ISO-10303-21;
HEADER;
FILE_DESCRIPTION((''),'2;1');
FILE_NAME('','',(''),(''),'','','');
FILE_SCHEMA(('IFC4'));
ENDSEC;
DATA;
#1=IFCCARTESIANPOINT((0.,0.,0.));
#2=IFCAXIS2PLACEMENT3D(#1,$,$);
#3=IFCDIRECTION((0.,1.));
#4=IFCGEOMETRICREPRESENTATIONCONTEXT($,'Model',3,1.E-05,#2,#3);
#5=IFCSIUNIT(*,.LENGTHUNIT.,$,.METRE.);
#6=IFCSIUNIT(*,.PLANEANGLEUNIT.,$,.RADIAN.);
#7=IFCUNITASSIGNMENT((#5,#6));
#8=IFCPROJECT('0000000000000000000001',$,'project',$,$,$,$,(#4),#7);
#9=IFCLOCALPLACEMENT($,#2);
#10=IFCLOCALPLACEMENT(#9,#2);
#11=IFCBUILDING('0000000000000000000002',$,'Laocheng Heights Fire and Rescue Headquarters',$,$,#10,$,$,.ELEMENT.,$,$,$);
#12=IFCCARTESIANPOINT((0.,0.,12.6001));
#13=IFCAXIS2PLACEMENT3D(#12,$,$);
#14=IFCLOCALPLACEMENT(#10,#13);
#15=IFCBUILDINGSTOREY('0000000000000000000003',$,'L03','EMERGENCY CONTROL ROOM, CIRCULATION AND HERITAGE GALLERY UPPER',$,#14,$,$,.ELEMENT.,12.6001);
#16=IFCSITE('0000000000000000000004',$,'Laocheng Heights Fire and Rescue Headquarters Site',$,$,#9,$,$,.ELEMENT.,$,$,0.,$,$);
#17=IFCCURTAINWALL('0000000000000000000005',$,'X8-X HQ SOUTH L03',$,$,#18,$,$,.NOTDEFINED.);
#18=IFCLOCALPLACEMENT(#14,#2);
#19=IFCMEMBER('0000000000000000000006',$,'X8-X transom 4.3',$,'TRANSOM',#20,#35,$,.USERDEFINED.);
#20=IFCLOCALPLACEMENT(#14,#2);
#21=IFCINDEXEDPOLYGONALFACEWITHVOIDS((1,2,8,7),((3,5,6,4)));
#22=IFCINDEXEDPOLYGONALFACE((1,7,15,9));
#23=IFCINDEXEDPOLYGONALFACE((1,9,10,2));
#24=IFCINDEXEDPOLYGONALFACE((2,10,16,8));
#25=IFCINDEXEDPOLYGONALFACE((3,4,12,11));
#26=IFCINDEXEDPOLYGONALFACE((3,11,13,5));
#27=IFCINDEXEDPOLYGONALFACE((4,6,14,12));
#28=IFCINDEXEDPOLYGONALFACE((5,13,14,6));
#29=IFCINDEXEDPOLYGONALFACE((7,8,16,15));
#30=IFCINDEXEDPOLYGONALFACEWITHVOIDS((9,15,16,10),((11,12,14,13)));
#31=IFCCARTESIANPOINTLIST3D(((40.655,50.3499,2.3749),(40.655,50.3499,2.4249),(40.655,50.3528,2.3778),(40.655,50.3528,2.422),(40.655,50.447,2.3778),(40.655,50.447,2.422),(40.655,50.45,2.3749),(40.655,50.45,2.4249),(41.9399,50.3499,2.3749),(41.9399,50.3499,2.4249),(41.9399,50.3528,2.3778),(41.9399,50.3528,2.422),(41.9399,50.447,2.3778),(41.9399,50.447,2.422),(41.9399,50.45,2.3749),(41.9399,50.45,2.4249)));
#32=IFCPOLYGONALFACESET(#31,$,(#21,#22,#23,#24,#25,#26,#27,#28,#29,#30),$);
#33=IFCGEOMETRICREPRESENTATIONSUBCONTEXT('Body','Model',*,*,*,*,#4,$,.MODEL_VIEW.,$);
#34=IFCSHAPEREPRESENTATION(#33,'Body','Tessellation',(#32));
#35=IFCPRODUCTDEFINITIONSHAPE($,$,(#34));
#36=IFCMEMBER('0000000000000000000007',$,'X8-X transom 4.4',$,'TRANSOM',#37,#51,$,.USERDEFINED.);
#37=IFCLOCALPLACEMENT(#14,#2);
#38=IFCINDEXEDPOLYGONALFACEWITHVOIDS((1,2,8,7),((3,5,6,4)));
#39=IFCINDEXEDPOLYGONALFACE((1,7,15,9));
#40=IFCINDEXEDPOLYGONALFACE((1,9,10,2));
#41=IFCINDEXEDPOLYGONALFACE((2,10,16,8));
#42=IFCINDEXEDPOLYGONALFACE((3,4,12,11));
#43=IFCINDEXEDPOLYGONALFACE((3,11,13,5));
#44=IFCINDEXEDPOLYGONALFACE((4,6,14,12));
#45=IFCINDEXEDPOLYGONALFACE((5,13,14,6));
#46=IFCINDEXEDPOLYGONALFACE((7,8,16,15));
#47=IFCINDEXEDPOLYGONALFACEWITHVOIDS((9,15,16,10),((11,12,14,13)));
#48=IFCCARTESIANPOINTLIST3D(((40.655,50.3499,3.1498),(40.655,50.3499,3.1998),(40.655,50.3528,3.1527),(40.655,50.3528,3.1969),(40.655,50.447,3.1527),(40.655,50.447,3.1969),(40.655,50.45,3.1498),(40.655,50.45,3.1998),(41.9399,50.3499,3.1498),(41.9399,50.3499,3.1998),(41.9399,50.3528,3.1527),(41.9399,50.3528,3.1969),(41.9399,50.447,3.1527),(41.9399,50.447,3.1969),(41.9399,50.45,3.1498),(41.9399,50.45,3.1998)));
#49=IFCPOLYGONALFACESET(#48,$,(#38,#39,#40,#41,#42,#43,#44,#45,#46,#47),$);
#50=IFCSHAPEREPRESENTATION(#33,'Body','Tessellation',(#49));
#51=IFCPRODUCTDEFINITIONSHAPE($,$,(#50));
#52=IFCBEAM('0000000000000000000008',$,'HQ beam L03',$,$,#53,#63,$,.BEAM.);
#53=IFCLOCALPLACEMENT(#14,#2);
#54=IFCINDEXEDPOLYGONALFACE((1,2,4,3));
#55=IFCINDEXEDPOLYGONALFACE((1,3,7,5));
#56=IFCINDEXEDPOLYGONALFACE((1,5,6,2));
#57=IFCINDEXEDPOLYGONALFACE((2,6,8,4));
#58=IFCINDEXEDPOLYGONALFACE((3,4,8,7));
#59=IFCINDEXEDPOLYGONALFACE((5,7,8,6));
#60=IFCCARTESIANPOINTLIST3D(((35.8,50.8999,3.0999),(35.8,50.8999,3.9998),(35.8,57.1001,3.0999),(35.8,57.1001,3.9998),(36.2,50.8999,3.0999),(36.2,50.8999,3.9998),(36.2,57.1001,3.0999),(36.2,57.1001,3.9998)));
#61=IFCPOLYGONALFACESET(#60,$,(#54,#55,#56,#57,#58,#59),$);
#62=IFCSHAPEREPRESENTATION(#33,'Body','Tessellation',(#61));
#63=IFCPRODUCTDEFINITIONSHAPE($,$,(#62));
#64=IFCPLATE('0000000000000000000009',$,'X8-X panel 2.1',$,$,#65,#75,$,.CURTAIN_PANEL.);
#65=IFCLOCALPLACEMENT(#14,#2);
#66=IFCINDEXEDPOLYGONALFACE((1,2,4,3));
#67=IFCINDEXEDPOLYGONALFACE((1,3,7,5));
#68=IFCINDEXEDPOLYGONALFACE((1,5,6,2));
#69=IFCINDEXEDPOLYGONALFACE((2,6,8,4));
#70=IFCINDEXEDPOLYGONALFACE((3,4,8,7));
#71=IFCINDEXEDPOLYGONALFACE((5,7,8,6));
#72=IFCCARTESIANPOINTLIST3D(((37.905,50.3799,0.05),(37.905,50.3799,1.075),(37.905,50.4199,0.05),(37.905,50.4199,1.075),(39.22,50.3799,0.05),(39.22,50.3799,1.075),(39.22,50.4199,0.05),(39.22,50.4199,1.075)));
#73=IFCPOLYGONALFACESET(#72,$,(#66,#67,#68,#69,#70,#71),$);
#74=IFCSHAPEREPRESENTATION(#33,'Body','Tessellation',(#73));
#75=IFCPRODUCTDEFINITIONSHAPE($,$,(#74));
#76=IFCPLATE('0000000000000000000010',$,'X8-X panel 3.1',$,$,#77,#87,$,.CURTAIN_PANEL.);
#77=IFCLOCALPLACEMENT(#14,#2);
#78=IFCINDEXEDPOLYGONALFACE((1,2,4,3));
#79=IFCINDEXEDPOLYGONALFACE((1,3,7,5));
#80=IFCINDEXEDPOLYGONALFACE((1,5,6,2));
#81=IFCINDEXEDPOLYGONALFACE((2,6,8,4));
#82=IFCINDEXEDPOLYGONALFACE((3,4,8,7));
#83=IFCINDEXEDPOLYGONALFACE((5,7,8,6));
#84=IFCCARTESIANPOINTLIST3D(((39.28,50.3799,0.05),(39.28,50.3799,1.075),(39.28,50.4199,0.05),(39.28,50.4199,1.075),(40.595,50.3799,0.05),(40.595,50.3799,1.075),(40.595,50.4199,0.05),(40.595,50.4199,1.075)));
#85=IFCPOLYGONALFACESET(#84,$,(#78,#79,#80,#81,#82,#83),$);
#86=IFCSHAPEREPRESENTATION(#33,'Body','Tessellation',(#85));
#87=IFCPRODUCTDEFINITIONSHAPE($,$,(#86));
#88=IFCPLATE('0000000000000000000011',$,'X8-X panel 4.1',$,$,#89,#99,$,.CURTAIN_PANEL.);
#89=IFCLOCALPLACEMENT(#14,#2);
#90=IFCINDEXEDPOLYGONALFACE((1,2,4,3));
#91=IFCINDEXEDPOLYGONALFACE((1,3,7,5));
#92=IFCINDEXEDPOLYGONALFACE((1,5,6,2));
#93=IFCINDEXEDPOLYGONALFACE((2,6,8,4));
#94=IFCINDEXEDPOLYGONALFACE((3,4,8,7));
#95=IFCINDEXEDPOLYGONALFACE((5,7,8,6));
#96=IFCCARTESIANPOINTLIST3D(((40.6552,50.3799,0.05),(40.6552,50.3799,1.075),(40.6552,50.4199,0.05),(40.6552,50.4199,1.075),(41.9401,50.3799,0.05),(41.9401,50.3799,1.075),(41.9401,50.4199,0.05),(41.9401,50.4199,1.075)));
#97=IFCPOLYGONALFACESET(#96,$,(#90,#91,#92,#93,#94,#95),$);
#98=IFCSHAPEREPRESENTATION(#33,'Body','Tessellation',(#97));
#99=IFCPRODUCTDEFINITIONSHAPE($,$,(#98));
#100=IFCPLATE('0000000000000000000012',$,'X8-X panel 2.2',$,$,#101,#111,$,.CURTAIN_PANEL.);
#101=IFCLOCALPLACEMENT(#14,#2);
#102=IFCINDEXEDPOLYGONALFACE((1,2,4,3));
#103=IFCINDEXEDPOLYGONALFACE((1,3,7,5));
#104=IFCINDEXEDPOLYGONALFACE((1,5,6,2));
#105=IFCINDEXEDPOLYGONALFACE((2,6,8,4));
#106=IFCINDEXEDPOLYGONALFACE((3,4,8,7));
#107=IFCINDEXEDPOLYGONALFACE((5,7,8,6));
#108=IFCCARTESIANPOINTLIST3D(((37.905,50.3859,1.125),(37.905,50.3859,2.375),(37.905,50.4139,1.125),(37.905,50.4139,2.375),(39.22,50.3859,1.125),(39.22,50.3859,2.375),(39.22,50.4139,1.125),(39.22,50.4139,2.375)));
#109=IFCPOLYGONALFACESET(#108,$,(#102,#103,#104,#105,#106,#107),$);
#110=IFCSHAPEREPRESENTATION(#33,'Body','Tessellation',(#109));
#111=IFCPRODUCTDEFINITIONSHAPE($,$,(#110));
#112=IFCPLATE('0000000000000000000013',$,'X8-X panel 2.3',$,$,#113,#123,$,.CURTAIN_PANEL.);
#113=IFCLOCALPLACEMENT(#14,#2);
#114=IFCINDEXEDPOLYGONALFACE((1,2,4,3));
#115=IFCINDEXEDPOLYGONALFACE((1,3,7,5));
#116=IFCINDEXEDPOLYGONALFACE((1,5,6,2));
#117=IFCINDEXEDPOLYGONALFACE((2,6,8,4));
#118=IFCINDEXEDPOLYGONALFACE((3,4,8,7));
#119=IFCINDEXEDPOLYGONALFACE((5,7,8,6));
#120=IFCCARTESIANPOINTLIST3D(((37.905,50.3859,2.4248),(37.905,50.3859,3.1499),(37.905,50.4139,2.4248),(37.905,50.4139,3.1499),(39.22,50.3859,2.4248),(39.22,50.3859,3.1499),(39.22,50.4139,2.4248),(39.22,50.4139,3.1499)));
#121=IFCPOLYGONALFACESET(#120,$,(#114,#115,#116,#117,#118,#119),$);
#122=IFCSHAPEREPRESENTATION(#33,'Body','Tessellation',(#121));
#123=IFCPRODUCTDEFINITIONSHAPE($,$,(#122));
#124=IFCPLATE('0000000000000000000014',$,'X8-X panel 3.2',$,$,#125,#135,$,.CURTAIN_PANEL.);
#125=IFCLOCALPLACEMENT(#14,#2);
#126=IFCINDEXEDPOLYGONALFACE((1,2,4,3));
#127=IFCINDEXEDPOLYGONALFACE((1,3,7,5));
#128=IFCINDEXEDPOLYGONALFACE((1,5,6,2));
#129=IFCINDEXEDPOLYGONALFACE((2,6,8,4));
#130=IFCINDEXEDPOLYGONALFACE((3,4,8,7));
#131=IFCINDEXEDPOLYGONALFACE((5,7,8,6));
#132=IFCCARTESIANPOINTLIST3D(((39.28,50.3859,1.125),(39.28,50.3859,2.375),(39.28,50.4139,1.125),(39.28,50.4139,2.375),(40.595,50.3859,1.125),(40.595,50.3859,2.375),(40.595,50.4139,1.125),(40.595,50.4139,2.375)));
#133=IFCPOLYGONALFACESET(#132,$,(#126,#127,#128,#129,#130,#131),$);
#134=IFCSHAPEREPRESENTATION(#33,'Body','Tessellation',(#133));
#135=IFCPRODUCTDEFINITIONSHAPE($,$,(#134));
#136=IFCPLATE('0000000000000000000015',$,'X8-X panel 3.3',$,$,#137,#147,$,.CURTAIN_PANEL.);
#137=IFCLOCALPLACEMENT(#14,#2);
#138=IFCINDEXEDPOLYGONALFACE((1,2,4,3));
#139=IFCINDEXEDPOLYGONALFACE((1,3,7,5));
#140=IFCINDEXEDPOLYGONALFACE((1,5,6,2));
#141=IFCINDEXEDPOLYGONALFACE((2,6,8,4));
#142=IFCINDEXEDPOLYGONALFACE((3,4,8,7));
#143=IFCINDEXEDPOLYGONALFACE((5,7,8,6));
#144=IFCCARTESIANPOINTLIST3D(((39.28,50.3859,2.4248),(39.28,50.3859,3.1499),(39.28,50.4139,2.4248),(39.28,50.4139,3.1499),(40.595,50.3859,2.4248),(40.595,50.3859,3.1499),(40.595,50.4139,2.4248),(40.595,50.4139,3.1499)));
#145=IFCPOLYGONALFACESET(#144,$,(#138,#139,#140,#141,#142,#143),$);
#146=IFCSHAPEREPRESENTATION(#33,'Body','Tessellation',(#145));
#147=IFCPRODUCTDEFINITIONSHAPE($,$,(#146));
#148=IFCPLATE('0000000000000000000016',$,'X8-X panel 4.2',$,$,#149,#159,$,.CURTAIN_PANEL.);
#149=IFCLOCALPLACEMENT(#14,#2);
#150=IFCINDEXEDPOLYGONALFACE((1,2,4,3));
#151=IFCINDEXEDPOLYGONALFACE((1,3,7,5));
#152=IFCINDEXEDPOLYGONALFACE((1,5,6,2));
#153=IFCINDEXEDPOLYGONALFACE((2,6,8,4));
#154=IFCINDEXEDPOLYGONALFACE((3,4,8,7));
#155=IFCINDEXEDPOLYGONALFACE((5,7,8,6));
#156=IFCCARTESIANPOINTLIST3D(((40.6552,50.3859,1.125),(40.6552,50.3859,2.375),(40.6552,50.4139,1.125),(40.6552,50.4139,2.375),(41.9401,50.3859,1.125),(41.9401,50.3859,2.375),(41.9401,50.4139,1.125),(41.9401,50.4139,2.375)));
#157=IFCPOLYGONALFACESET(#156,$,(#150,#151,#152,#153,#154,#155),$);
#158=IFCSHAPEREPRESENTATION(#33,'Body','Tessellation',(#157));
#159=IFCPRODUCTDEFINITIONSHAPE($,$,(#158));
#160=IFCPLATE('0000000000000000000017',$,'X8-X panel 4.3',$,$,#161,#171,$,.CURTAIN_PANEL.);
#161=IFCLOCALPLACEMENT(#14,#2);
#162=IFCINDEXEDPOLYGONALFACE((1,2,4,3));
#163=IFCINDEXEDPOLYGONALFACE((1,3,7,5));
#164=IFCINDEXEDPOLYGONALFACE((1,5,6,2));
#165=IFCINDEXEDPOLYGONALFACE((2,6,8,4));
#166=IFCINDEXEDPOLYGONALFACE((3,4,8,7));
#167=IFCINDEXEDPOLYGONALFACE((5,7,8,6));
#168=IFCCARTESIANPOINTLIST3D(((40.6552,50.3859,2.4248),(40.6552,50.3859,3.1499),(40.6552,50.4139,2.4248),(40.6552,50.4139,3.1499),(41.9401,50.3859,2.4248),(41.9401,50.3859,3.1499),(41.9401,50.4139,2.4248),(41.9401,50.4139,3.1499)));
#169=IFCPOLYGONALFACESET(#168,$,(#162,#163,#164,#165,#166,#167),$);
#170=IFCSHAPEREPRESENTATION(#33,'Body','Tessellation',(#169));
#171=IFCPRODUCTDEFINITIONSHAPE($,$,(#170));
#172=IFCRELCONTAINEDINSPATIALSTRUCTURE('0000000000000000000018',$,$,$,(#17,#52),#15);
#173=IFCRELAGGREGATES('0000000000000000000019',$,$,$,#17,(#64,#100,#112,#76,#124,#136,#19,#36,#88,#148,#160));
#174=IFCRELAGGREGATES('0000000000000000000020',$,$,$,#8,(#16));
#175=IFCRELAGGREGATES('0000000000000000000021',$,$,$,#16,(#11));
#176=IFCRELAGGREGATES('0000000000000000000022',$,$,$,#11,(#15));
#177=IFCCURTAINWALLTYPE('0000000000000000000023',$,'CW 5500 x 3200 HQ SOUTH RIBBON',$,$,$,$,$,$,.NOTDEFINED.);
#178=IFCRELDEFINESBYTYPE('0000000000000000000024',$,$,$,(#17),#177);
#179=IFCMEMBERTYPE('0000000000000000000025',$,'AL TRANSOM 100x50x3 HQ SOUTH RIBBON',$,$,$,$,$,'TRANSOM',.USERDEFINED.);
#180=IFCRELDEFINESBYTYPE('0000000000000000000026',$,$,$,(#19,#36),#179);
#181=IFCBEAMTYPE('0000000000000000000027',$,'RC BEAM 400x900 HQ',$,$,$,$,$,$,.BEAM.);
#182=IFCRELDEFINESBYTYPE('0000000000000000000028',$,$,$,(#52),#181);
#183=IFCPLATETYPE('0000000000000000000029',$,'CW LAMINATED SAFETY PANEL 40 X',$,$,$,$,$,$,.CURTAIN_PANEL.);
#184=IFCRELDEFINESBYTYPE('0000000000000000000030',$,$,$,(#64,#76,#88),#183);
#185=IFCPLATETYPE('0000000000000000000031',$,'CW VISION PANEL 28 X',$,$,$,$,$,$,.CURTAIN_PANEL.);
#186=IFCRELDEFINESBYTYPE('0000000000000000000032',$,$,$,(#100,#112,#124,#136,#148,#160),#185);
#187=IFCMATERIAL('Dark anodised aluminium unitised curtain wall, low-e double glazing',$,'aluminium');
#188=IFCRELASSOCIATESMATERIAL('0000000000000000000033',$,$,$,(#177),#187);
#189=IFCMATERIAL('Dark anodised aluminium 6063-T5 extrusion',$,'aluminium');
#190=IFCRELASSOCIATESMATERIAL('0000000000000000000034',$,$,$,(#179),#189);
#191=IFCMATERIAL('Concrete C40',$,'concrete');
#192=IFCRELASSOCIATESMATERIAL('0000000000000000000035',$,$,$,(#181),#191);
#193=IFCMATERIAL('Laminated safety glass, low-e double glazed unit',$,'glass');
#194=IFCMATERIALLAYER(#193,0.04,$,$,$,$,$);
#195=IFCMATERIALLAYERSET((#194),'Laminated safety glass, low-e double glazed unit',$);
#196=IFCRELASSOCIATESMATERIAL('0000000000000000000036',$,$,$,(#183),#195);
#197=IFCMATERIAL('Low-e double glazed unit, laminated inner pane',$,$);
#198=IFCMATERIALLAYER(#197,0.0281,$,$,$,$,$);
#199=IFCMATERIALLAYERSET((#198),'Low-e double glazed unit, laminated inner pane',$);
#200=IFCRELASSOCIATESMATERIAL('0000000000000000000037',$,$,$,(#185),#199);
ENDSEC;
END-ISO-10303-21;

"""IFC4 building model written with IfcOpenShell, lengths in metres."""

from ifc_helpers import new_model, si_unit, direction, frame, origin, origin_2d, place, context, subcontext, project, spatial, rectangle, hollow_rectangle, extrude, material, layer, layer_set, material_profile, profile_set, type_object, element, aggregate, save


model = new_model("IFC4")

# Units and contexts
model_context = context("Model", 3, precision=1e-05, world=origin(), true_north=direction((0.0, 1.0)))
body_context = subcontext(model_context, "Body", "Model", "MODEL_VIEW")
ifc_project = project(units=[si_unit("LENGTHUNIT", "METRE"), si_unit("PLANEANGLEUNIT", "RADIAN")], contexts=[model_context])

# Site, building, storey
site_placement = place(None, origin())
site = spatial("IfcSite", under=ifc_project, at=site_placement, Name="Laocheng Heights Fire and Rescue Headquarters Site", CompositionType="ELEMENT", RefElevation=0.0)
building_placement = place(site_placement, origin())
building = spatial("IfcBuilding", under=site, at=building_placement, Name="Laocheng Heights Fire and Rescue Headquarters", CompositionType="ELEMENT")
storey_placement = place(building_placement, frame((0.0, 0.0, 12.6001)))
storey = spatial("IfcBuildingStorey", under=building, at=storey_placement, Name="L03", Description="EMERGENCY CONTROL ROOM, CIRCULATION AND HERITAGE GALLERY UPPER", CompositionType="ELEMENT", Elevation=12.6001)

# Curtain wall, members
ifc_material_1 = material(Name="Dark anodised aluminium unitised curtain wall, low-e double glazing", Category="aluminium")
curtain_wall_type = type_object("IfcCurtainWallType", Name="CW 5500 x 3200 HQ SOUTH RIBBON", PredefinedType="NOTDEFINED", material=ifc_material_1)
curtain_wall_placement = place(storey_placement, origin())
curtain_wall = element("IfcCurtainWall", 1, at=curtain_wall_placement, inside=storey, type_object=curtain_wall_type, Name="X8-X HQ SOUTH L03", PredefinedType="NOTDEFINED")
ifc_material_2 = material(Name="Dark anodised aluminium 6063-T5 extrusion", Category="aluminium")
ifc_material_profile_1 = material_profile(ifc_material_2, hollow_rectangle(XDim=0.1001, YDim=0.05, WallThickness=0.0029, at=origin_2d()), Name="AL TRANSOM 100x50x3 HQ SOUTH RIBBON")
ifc_profile_set_1 = profile_set([ifc_material_profile_1], Name="Dark anodised aluminium 6063-T5 extrusion")
member_type_1 = type_object("IfcMemberType", Name="AL TRANSOM 100x50x3 HQ SOUTH RIBBON", ElementType="TRANSOM", PredefinedType="USERDEFINED", material=ifc_profile_set_1)
member_1_placement = place(storey_placement, frame((40.655, 50.3999, 2.3999), z_axis=(1.0, 0.0, 0.0), x_axis=(0.0, 1.0, 0.0)))
member_1 = element("IfcMember", 2, at=member_1_placement, type_object=member_type_1, Name="X8-X transom 4.3", ObjectType="TRANSOM", PredefinedType="USERDEFINED", context=body_context, shape_type="SweptSolid", body=[
    extrude(hollow_rectangle(XDim=0.1001, YDim=0.05, WallThickness=0.0029, at=origin_2d()), origin(), (0.0, 0.0, 1.0), 1.2849),
])
member_2_placement = place(storey_placement, frame((40.655, 50.3999, 3.1748), z_axis=(1.0, 0.0, 0.0), x_axis=(0.0, 1.0, 0.0)))
member_2 = element("IfcMember", 3, at=member_2_placement, type_object=member_type_1, Name="X8-X transom 4.4", ObjectType="TRANSOM", PredefinedType="USERDEFINED", context=body_context, shape_type="SweptSolid", body=[
    extrude(hollow_rectangle(XDim=0.1001, YDim=0.05, WallThickness=0.0029, at=origin_2d()), origin(), (0.0, 0.0, 1.0), 1.2849),
])

# Beam
ifc_material_3 = material(Name="Concrete C40", Category="concrete")
ifc_material_profile_2 = material_profile(ifc_material_3, rectangle(XDim=0.3999, YDim=0.8999, at=origin_2d()), Name="RC BEAM 400x900 HQ")
ifc_profile_set_2 = profile_set([ifc_material_profile_2], Name="Concrete C40")
beam_type = type_object("IfcBeamType", Name="RC BEAM 400x900 HQ", PredefinedType="BEAM", material=ifc_profile_set_2)
beam_placement = place(storey_placement, frame((36.0, 50.8999, 3.5498), z_axis=(0.0, 1.0, 0.0), x_axis=(-1.0, 0.0, 0.0)))
element("IfcBeam", 4, at=beam_placement, inside=storey, type_object=beam_type, Name="HQ beam L03", PredefinedType="BEAM", context=body_context, shape_type="SweptSolid", body=[
    extrude(rectangle(XDim=0.3999, YDim=0.8999, at=origin_2d()), origin(), (0.0, 0.0, 1.0), 6.2002),
])

# Plates
ifc_material_4 = material(Name="Laminated safety glass, low-e double glazed unit", Category="glass")
ifc_layer_1 = layer(ifc_material_4, 0.04)
ifc_layer_set_1 = layer_set([ifc_layer_1], Name="Laminated safety glass, low-e double glazed unit")
plate_type_1 = type_object("IfcPlateType", Name="CW LAMINATED SAFETY PANEL 40 X", PredefinedType="CURTAIN_PANEL", material=ifc_layer_set_1)
plate_1_placement = place(storey_placement, frame((38.5625, 50.3999, 0.05), z_axis=(0.0, 0.0, 1.0), x_axis=(1.0, 0.0, 0.0)))
plate_1 = element("IfcPlate", 5, at=plate_1_placement, type_object=plate_type_1, Name="X8-X panel 2.1", PredefinedType="CURTAIN_PANEL", context=body_context, shape_type="SweptSolid", body=[
    extrude(rectangle(XDim=1.3149, YDim=0.04, at=origin_2d()), origin(), (0.0, 0.0, 1.0), 1.0249),
])
plate_2_placement = place(storey_placement, frame((39.9375, 50.3999, 0.05), z_axis=(0.0, 0.0, 1.0), x_axis=(1.0, 0.0, 0.0)))
plate_2 = element("IfcPlate", 6, at=plate_2_placement, type_object=plate_type_1, Name="X8-X panel 3.1", PredefinedType="CURTAIN_PANEL", context=body_context, shape_type="SweptSolid", body=[
    extrude(rectangle(XDim=1.3149, YDim=0.04, at=origin_2d()), origin(), (0.0, 0.0, 1.0), 1.0249),
])
plate_3_placement = place(storey_placement, frame((41.2976, 50.3999, 0.05), z_axis=(0.0, 0.0, 1.0), x_axis=(1.0, 0.0, 0.0)))
plate_3 = element("IfcPlate", 7, at=plate_3_placement, type_object=plate_type_1, Name="X8-X panel 4.1", PredefinedType="CURTAIN_PANEL", context=body_context, shape_type="SweptSolid", body=[
    extrude(rectangle(XDim=1.2849, YDim=0.04, at=origin_2d()), origin(), (0.0, 0.0, 1.0), 1.0249),
])
ifc_material_5 = material(Name="Low-e double glazed unit, laminated inner pane")
ifc_layer_2 = layer(ifc_material_5, 0.0281)
ifc_layer_set_2 = layer_set([ifc_layer_2], Name="Low-e double glazed unit, laminated inner pane")
plate_type_2 = type_object("IfcPlateType", Name="CW VISION PANEL 28 X", PredefinedType="CURTAIN_PANEL", material=ifc_layer_set_2)
plate_4_placement = place(storey_placement, frame((38.5625, 50.3999, 1.125), z_axis=(0.0, 0.0, 1.0), x_axis=(1.0, 0.0, 0.0)))
plate_4 = element("IfcPlate", 8, at=plate_4_placement, type_object=plate_type_2, Name="X8-X panel 2.2", PredefinedType="CURTAIN_PANEL", context=body_context, shape_type="SweptSolid", body=[
    extrude(rectangle(XDim=1.3149, YDim=0.0281, at=origin_2d()), origin(), (0.0, 0.0, 1.0), 1.25),
])
plate_5_placement = place(storey_placement, frame((38.5625, 50.3999, 2.4248), z_axis=(0.0, 0.0, 1.0), x_axis=(1.0, 0.0, 0.0)))
plate_5 = element("IfcPlate", 9, at=plate_5_placement, type_object=plate_type_2, Name="X8-X panel 2.3", PredefinedType="CURTAIN_PANEL", context=body_context, shape_type="SweptSolid", body=[
    extrude(rectangle(XDim=1.3149, YDim=0.0281, at=origin_2d()), origin(), (0.0, 0.0, 1.0), 0.7251),
])
plate_6_placement = place(storey_placement, frame((39.9375, 50.3999, 1.125), z_axis=(0.0, 0.0, 1.0), x_axis=(1.0, 0.0, 0.0)))
plate_6 = element("IfcPlate", 10, at=plate_6_placement, type_object=plate_type_2, Name="X8-X panel 3.2", PredefinedType="CURTAIN_PANEL", context=body_context, shape_type="SweptSolid", body=[
    extrude(rectangle(XDim=1.3149, YDim=0.0281, at=origin_2d()), origin(), (0.0, 0.0, 1.0), 1.25),
])
plate_7_placement = place(storey_placement, frame((39.9375, 50.3999, 2.4248), z_axis=(0.0, 0.0, 1.0), x_axis=(1.0, 0.0, 0.0)))
plate_7 = element("IfcPlate", 11, at=plate_7_placement, type_object=plate_type_2, Name="X8-X panel 3.3", PredefinedType="CURTAIN_PANEL", context=body_context, shape_type="SweptSolid", body=[
    extrude(rectangle(XDim=1.3149, YDim=0.0281, at=origin_2d()), origin(), (0.0, 0.0, 1.0), 0.7251),
])
plate_8_placement = place(storey_placement, frame((41.2976, 50.3999, 1.125), z_axis=(0.0, 0.0, 1.0), x_axis=(1.0, 0.0, 0.0)))
plate_8 = element("IfcPlate", 12, at=plate_8_placement, type_object=plate_type_2, Name="X8-X panel 4.2", PredefinedType="CURTAIN_PANEL", context=body_context, shape_type="SweptSolid", body=[
    extrude(rectangle(XDim=1.2849, YDim=0.0281, at=origin_2d()), origin(), (0.0, 0.0, 1.0), 1.25),
])
plate_9_placement = place(storey_placement, frame((41.2976, 50.3999, 2.4248), z_axis=(0.0, 0.0, 1.0), x_axis=(1.0, 0.0, 0.0)))
plate_9 = element("IfcPlate", 13, at=plate_9_placement, type_object=plate_type_2, Name="X8-X panel 4.3", PredefinedType="CURTAIN_PANEL", context=body_context, shape_type="SweptSolid", body=[
    extrude(rectangle(XDim=1.2849, YDim=0.0281, at=origin_2d()), origin(), (0.0, 0.0, 1.0), 0.7251),
])
aggregate(curtain_wall, [plate_1, plate_4, plate_5, plate_2, plate_6, plate_7, member_1, member_2, plate_3, plate_8, plate_9])

save(model, "model.ifc")
